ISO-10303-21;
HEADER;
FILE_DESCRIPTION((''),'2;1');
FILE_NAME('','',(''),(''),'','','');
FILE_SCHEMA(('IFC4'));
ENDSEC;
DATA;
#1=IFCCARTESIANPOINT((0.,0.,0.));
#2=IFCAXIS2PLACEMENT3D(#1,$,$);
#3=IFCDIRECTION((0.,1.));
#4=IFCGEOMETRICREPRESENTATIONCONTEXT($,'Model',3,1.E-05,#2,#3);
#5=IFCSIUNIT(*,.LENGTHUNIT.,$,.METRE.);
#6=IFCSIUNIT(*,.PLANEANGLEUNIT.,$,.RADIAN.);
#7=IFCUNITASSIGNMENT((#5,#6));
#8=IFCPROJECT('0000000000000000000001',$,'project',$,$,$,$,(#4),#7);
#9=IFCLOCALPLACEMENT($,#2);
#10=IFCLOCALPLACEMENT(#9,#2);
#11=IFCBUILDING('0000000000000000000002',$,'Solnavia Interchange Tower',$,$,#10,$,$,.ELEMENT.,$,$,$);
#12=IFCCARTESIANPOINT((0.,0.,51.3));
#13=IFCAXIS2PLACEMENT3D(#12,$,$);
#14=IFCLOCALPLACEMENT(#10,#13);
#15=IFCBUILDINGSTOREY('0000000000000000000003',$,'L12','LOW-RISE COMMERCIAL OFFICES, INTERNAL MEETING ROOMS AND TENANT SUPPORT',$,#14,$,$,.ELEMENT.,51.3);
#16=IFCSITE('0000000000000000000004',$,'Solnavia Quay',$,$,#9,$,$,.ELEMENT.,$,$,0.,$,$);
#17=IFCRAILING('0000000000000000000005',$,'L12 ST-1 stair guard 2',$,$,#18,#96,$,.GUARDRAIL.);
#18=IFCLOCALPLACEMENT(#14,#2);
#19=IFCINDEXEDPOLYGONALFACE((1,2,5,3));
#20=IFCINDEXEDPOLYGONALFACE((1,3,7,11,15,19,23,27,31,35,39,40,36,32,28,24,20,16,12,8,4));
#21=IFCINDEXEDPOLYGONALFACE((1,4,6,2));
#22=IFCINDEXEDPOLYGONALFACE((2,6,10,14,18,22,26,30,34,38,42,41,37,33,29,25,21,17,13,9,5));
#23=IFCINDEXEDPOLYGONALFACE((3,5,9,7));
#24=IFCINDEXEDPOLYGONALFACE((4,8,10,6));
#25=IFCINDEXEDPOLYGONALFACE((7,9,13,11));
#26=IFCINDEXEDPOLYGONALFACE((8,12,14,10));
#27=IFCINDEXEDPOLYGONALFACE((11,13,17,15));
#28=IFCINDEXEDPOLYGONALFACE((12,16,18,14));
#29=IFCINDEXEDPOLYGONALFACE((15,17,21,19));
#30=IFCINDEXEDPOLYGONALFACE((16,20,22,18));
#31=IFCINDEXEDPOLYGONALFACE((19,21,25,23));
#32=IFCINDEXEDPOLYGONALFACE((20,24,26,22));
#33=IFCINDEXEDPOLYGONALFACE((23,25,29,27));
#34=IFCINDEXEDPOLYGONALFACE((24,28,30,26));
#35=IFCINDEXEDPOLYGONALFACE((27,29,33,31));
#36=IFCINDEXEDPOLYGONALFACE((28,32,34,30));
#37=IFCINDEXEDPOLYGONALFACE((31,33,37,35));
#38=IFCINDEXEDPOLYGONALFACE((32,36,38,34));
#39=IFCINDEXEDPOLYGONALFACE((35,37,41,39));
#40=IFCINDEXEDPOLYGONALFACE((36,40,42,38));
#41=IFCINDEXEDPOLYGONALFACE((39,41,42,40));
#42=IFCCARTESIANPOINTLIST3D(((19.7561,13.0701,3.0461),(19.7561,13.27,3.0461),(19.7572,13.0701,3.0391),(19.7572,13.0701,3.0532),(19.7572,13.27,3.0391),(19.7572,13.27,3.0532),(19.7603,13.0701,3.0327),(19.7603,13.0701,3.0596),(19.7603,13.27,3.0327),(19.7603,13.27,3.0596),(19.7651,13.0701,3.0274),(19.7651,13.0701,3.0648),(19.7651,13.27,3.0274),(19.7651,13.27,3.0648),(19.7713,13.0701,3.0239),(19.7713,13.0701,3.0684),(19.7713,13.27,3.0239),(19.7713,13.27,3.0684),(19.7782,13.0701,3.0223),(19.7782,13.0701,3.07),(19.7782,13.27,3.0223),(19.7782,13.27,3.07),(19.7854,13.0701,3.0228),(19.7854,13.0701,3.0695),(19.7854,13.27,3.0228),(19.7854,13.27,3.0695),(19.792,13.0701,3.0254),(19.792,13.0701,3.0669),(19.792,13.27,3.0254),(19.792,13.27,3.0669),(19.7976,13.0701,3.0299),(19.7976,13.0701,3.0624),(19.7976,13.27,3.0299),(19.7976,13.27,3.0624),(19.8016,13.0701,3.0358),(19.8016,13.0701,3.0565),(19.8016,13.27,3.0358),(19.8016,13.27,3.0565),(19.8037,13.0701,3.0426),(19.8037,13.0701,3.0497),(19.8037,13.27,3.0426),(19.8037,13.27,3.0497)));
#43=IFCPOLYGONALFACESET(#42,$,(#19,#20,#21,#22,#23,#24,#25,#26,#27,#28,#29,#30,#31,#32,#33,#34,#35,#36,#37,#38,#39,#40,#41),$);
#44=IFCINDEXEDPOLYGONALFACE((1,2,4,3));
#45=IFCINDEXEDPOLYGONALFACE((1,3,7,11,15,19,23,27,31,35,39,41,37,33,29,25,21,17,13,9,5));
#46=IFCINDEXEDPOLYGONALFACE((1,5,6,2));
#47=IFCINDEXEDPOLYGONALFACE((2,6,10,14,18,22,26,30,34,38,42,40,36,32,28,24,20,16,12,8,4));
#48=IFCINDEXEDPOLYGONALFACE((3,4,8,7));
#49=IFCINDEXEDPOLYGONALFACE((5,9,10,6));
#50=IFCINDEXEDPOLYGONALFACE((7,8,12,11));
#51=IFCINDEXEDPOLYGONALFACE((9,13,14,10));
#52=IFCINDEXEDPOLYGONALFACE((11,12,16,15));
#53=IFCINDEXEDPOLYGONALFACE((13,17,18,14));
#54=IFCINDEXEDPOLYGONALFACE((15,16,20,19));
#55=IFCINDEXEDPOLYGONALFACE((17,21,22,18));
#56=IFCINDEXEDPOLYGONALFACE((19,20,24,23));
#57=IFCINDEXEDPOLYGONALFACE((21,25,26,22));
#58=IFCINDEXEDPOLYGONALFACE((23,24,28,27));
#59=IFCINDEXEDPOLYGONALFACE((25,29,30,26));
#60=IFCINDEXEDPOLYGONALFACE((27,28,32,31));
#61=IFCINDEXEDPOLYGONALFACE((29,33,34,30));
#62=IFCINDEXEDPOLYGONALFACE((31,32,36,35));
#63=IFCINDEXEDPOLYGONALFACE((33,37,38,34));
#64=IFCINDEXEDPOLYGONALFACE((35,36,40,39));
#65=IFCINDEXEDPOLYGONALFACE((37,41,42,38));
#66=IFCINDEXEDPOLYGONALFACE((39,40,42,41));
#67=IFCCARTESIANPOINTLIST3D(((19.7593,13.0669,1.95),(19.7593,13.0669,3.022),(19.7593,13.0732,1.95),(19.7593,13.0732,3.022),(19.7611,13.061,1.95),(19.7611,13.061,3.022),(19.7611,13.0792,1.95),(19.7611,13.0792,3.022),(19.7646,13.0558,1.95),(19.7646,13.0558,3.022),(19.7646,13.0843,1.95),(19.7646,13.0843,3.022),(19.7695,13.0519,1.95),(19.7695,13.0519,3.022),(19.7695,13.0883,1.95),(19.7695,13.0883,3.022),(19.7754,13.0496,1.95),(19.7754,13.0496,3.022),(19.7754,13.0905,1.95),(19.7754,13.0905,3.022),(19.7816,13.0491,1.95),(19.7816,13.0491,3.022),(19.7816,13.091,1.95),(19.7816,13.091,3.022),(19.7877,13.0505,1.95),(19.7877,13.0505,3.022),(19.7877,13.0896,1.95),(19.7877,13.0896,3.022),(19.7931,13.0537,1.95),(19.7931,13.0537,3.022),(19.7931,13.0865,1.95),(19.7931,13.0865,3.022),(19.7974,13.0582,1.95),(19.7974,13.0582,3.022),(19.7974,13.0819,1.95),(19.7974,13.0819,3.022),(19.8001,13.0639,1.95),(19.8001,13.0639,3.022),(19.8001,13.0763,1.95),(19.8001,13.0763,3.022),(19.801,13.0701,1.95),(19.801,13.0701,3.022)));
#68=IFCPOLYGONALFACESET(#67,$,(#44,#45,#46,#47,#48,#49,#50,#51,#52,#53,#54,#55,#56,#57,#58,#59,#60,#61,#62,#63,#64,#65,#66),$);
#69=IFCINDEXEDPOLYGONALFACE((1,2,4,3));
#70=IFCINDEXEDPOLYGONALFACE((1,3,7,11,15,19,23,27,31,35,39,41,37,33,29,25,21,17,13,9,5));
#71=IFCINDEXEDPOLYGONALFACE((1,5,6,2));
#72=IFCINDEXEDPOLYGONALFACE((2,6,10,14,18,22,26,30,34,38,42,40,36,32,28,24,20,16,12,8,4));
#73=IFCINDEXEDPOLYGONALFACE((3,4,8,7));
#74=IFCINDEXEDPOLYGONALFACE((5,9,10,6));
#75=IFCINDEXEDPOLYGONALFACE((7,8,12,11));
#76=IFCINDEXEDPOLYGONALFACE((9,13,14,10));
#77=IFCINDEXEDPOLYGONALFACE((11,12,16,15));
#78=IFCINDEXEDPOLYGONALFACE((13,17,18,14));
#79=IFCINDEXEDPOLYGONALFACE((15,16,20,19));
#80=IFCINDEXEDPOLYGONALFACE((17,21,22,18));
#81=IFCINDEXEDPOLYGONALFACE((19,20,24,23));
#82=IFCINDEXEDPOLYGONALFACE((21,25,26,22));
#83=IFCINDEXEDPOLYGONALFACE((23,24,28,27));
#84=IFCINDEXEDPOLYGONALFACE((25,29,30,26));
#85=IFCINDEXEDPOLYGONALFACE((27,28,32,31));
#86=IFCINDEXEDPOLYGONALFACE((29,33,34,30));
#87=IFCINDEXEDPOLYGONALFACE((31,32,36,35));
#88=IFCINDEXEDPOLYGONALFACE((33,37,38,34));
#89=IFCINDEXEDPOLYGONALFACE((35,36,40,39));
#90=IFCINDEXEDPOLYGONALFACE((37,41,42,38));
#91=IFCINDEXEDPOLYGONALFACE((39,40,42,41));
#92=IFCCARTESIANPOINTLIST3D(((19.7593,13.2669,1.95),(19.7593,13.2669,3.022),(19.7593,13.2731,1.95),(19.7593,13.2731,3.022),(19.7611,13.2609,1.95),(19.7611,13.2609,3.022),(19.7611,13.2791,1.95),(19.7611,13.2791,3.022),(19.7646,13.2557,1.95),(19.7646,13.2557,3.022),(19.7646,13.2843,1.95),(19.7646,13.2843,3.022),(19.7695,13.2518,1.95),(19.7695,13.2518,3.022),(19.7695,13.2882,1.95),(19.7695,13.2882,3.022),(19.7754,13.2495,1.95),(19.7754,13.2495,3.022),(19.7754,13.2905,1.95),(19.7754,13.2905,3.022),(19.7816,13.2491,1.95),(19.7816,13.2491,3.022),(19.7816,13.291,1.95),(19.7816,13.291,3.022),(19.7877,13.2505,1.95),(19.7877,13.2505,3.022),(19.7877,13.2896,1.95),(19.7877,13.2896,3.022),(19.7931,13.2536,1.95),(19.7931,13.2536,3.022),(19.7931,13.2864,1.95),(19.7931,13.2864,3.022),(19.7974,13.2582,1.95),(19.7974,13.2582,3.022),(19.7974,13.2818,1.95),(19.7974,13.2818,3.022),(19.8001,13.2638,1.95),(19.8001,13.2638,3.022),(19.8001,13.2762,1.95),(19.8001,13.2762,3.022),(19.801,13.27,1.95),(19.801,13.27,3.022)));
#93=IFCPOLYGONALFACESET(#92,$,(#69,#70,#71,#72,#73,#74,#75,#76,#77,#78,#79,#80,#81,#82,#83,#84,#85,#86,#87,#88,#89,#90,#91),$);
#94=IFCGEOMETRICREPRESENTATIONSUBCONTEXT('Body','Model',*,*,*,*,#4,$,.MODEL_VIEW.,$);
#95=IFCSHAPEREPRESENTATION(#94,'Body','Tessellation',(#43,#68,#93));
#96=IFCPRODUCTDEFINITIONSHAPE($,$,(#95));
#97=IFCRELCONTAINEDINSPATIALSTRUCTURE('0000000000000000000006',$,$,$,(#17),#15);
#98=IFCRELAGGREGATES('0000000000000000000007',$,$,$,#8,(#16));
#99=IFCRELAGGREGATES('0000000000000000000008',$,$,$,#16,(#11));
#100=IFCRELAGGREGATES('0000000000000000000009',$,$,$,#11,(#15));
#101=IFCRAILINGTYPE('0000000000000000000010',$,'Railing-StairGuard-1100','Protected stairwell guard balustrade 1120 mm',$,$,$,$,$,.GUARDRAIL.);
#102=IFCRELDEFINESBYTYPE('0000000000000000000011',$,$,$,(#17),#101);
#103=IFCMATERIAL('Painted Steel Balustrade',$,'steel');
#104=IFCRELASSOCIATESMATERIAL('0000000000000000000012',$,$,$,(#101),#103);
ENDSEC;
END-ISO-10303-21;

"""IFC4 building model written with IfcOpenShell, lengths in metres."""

from ifc_helpers import new_model, si_unit, direction, frame, origin, origin_2d, place, context, subcontext, project, spatial, circle, extrude, material, type_object, element, save


model = new_model("IFC4")

# Units and contexts
model_context = context("Model", 3, precision=1e-05, world=origin(), true_north=direction((0.0, 1.0)))
body_context = subcontext(model_context, "Body", "Model", "MODEL_VIEW")
ifc_project = project(units=[si_unit("LENGTHUNIT", "METRE"), si_unit("PLANEANGLEUNIT", "RADIAN")], contexts=[model_context])

# Site, building, storey
site_placement = place(None, origin())
site = spatial("IfcSite", under=ifc_project, at=site_placement, Name="Solnavia Quay", CompositionType="ELEMENT", RefElevation=0.0)
building_placement = place(site_placement, origin())
building = spatial("IfcBuilding", under=site, at=building_placement, Name="Solnavia Interchange Tower", CompositionType="ELEMENT")
storey_placement = place(building_placement, frame((0.0, 0.0, 51.3)))
storey = spatial("IfcBuildingStorey", under=building, at=storey_placement, Name="L12", Description="LOW-RISE COMMERCIAL OFFICES, INTERNAL MEETING ROOMS AND TENANT SUPPORT", CompositionType="ELEMENT", Elevation=51.3)

# Railing
ifc_material_1 = material(Name="Painted Steel Balustrade", Category="steel")
railing_type_1 = type_object("IfcRailingType", Name="Railing-StairGuard-1100", Description="Protected stairwell guard balustrade 1120 mm", PredefinedType="GUARDRAIL", material=ifc_material_1)
railing_1_placement = place(storey_placement, frame((19.78, 13.0701, 1.95)))
element("IfcRailing", 1, at=railing_1_placement, inside=storey, type_object=railing_type_1, Name="L12 ST-1 stair guard 2", PredefinedType="GUARDRAIL", context=body_context, shape_type="SweptSolid", body=[
    extrude(circle(Radius=0.0239, at=origin_2d()), frame((0.0, 0.0, 1.0962), z_axis=(0.0, 1.0, 0.0), x_axis=(-1.0, 0.0, 0.0)), (0.0, 0.0, 1.0), 0.2),
    extrude(circle(Radius=0.021, at=origin_2d()), origin(), (0.0, 0.0, 1.0), 1.072),
    extrude(circle(Radius=0.021, at=origin_2d()), frame((0.0, 0.2, 0.0)), (0.0, 0.0, 1.0), 1.072),
])

save(model, "model.ifc")
